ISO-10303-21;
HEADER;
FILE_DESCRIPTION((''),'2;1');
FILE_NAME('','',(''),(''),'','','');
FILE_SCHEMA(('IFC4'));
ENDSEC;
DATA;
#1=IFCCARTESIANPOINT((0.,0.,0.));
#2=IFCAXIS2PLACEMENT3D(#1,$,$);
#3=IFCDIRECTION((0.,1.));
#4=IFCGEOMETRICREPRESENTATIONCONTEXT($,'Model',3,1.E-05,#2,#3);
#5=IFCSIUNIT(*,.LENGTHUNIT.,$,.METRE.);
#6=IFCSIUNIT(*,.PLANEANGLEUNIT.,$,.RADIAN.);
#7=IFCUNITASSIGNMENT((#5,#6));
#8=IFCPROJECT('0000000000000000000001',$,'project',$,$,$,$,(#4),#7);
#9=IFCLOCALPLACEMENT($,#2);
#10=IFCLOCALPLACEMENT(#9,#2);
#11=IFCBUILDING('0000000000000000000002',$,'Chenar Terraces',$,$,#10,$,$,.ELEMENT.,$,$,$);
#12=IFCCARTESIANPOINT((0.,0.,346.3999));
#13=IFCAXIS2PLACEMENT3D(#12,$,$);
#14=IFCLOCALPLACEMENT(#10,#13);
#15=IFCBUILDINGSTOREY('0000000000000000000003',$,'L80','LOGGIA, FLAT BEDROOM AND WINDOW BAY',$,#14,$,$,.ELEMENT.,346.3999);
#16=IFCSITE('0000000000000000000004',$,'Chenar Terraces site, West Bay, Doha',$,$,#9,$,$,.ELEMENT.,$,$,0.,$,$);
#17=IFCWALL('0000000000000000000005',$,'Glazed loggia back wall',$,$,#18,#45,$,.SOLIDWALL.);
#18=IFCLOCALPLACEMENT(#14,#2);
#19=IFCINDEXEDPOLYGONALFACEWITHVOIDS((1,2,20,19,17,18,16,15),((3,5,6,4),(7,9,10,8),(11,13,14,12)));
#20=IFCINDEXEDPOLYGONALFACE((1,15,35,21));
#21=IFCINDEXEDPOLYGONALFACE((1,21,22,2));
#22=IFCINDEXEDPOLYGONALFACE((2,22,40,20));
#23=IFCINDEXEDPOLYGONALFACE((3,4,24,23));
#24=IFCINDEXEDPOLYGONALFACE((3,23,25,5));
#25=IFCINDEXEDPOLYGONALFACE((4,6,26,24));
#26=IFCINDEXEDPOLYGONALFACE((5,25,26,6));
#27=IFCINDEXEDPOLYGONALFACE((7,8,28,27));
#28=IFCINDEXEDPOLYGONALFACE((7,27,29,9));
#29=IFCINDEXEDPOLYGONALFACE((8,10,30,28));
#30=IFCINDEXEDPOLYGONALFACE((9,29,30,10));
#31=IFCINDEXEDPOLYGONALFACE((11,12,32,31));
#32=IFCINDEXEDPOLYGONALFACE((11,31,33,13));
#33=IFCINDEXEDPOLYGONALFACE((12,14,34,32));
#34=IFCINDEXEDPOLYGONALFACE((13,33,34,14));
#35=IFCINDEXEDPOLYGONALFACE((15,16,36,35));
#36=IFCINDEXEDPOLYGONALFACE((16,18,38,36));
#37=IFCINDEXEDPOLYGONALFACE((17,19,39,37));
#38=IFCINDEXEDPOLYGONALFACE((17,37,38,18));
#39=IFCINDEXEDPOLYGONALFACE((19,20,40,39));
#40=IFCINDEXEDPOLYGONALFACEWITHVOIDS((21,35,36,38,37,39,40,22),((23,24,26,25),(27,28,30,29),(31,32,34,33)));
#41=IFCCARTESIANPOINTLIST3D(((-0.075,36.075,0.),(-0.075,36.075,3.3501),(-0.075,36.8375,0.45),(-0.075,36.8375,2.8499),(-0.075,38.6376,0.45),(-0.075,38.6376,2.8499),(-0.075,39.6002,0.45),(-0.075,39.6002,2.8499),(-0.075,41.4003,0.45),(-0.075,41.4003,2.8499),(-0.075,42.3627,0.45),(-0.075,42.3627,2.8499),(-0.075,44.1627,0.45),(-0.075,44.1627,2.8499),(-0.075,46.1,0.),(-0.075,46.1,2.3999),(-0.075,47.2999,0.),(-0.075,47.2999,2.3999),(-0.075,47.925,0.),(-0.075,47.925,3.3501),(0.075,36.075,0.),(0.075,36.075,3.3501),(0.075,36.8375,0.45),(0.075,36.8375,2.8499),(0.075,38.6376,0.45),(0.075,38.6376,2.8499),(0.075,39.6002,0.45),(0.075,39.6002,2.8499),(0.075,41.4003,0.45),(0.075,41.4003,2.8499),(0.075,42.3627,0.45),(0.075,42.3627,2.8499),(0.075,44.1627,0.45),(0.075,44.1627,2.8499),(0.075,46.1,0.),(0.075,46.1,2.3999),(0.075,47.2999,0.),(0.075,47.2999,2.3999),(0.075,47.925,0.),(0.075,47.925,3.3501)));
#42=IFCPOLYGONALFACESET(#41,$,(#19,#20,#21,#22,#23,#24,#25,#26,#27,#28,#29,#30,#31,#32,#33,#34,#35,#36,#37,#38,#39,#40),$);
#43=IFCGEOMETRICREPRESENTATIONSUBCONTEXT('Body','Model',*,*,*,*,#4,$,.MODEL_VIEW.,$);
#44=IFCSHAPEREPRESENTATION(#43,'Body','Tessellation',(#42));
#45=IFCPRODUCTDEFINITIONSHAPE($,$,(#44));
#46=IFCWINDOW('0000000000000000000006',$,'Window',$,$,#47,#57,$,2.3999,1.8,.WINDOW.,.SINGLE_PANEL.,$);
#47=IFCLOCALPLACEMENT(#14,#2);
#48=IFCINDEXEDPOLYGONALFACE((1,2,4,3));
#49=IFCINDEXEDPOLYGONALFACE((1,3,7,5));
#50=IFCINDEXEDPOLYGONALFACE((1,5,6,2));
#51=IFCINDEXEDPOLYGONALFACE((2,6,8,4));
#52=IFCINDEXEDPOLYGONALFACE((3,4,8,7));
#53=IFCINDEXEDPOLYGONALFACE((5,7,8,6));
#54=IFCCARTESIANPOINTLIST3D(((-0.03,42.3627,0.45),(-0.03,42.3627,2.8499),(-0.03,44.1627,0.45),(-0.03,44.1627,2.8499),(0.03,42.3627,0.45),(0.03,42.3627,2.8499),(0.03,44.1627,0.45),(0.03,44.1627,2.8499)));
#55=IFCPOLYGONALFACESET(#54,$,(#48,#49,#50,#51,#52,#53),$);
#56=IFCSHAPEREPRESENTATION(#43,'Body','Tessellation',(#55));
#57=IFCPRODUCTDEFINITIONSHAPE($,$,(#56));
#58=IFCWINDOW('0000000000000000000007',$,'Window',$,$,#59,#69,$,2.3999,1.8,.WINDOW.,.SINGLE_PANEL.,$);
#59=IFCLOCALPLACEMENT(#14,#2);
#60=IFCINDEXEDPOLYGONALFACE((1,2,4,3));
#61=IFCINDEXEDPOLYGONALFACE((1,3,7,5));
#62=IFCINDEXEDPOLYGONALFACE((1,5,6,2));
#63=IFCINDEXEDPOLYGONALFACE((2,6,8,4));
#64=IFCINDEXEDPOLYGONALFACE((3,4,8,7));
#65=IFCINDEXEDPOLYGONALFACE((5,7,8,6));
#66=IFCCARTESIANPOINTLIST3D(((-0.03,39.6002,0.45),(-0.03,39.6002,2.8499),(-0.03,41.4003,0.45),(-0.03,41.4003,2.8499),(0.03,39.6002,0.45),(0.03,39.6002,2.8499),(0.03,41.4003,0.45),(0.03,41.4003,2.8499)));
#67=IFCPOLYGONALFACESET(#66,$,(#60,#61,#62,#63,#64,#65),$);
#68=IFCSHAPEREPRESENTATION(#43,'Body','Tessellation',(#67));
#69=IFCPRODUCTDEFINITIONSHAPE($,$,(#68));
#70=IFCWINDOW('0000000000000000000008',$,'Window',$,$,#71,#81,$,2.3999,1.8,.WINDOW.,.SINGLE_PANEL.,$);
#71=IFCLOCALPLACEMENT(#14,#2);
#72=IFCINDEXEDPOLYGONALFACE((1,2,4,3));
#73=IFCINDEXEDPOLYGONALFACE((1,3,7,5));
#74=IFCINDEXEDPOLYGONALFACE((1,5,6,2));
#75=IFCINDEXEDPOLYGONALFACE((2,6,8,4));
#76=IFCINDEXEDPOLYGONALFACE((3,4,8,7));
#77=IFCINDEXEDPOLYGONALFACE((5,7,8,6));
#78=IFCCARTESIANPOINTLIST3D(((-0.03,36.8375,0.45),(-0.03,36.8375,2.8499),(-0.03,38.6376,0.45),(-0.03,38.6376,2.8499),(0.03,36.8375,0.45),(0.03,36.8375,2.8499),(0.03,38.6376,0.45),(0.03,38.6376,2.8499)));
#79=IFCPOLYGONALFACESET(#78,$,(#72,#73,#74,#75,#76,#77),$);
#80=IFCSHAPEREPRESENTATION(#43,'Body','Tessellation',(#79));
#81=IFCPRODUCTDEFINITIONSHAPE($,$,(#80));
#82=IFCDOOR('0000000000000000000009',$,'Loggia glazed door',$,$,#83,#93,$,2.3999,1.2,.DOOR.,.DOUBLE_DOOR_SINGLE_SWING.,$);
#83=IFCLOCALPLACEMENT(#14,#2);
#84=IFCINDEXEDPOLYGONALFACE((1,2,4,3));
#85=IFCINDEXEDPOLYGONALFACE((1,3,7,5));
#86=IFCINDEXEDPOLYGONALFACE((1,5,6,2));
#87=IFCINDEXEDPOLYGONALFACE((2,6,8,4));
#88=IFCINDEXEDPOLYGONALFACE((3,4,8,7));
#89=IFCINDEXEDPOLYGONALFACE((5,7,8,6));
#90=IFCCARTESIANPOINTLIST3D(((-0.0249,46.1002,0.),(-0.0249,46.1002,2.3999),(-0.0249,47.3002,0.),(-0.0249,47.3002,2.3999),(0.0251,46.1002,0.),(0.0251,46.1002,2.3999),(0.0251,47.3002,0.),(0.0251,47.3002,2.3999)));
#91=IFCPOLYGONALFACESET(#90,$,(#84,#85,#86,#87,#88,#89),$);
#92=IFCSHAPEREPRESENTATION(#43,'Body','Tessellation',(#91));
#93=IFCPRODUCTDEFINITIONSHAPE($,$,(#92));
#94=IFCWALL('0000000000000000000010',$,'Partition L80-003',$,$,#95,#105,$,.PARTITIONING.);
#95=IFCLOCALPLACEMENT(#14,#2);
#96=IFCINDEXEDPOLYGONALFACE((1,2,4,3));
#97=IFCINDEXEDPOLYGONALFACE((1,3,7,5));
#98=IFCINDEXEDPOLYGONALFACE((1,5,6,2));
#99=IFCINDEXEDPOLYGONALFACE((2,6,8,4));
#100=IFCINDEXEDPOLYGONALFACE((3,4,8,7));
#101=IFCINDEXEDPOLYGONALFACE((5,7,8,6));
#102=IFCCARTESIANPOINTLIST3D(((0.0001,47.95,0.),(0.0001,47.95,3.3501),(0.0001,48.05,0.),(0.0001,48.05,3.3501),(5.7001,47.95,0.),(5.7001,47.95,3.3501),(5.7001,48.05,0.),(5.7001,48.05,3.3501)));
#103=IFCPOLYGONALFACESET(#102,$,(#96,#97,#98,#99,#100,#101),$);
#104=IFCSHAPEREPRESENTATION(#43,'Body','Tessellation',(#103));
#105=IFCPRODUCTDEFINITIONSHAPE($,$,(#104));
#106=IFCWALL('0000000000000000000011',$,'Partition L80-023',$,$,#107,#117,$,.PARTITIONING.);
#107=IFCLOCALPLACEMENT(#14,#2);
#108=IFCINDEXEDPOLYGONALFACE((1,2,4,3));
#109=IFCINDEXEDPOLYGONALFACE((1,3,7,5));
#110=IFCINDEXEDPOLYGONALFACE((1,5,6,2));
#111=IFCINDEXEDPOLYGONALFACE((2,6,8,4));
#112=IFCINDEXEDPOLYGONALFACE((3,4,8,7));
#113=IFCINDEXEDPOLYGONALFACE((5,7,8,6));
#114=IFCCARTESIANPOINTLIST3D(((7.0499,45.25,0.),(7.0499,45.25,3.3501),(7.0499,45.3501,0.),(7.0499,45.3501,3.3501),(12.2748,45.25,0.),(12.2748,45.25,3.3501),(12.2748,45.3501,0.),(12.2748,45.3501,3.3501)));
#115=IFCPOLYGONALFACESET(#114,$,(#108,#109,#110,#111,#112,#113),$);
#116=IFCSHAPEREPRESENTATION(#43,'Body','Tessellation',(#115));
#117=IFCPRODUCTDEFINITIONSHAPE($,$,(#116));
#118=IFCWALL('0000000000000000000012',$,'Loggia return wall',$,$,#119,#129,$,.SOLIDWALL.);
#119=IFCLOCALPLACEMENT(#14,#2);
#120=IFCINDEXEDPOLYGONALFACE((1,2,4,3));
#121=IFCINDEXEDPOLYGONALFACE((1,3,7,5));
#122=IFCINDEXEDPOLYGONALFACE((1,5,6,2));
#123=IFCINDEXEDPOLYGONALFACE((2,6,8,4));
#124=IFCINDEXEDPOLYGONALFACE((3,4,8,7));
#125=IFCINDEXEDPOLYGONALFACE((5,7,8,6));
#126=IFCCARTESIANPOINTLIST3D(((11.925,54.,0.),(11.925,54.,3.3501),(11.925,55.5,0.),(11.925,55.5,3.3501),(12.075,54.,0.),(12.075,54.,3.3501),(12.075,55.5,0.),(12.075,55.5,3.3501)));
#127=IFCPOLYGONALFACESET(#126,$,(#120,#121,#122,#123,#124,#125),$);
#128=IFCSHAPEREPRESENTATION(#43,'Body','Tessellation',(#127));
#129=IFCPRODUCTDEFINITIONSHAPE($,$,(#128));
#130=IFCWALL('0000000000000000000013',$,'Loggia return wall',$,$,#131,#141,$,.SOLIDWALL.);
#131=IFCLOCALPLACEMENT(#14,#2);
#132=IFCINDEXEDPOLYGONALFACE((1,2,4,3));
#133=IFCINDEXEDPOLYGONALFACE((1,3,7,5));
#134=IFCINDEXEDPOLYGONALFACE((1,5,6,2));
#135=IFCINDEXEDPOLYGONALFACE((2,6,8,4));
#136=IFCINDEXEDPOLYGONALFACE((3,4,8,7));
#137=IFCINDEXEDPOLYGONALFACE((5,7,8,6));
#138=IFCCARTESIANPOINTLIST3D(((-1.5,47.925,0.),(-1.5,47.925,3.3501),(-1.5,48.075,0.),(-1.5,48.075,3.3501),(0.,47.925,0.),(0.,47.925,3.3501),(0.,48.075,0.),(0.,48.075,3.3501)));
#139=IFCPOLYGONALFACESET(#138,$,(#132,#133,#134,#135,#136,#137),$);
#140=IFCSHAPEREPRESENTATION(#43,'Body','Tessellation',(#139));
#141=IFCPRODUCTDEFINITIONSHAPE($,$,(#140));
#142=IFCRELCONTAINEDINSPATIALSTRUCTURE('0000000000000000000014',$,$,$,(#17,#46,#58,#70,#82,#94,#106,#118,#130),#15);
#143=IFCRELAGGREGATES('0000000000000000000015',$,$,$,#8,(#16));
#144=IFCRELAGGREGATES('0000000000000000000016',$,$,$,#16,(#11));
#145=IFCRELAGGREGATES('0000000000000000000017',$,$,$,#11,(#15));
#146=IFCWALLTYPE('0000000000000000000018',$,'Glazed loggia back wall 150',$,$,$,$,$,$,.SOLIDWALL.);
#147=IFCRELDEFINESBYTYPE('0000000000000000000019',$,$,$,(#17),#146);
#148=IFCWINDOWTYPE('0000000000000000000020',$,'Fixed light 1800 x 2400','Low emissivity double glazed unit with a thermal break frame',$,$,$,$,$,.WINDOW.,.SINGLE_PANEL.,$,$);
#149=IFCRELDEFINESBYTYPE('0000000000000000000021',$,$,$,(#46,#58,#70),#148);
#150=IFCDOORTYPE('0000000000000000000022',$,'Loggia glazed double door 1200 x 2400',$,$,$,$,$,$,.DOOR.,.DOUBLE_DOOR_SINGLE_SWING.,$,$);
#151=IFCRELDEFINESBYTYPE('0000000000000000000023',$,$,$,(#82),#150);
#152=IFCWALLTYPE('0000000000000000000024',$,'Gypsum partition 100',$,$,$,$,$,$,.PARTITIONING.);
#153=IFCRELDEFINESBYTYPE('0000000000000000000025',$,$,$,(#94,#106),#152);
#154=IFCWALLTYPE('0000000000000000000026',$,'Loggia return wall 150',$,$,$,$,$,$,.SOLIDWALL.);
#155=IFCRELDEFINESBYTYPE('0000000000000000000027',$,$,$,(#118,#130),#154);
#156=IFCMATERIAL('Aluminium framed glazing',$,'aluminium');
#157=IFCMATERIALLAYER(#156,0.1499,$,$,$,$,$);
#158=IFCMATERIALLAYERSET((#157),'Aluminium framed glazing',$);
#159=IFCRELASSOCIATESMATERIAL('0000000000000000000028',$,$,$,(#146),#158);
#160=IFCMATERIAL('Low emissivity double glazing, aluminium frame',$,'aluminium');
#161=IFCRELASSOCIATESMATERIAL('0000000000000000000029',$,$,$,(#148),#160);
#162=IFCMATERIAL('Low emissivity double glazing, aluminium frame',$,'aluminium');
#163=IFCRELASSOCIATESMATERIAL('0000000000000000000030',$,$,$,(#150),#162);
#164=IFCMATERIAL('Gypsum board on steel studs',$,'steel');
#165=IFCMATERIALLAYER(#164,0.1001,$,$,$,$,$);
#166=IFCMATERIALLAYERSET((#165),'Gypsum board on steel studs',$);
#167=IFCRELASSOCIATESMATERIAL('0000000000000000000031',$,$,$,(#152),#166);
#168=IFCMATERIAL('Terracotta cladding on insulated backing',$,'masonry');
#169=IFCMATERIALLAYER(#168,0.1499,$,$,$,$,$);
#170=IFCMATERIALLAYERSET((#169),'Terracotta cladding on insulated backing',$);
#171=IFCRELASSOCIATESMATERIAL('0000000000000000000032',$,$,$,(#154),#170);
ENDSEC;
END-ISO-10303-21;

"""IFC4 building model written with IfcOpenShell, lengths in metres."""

from ifc_helpers import new_model, si_unit, direction, frame, frame_2d, origin, place, context, subcontext, project, spatial, rectangle, extrude, material, layer, layer_set, type_object, element, fill, save


model = new_model("IFC4")

# Units and contexts
model_context = context("Model", 3, precision=1e-05, world=origin(), true_north=direction((0.0, 1.0)))
body_context = subcontext(model_context, "Body", "Model", "MODEL_VIEW")
ifc_project = project(units=[si_unit("LENGTHUNIT", "METRE"), si_unit("PLANEANGLEUNIT", "RADIAN")], contexts=[model_context])

# Site, building, storey
site_placement = place(None, origin())
site = spatial("IfcSite", under=ifc_project, at=site_placement, Name="Chenar Terraces site, West Bay, Doha", CompositionType="ELEMENT", RefElevation=0.0)
building_placement = place(site_placement, origin())
building = spatial("IfcBuilding", under=site, at=building_placement, Name="Chenar Terraces", CompositionType="ELEMENT")
storey_placement = place(building_placement, frame((0.0, 0.0, 346.3999)))
storey = spatial("IfcBuildingStorey", under=building, at=storey_placement, Name="L80", Description="LOGGIA, FLAT BEDROOM AND WINDOW BAY", CompositionType="ELEMENT", Elevation=346.3999)

# Wall, openings, windows, door
ifc_material_1 = material(Name="Aluminium framed glazing", Category="aluminium")
ifc_layer_1 = layer(ifc_material_1, 0.1499)
ifc_layer_set_1 = layer_set([ifc_layer_1], Name="Aluminium framed glazing")
wall_type_1 = type_object("IfcWallType", Name="Glazed loggia back wall 150", PredefinedType="SOLIDWALL", material=ifc_layer_set_1)
wall_1_placement = place(storey_placement, frame((0.0, 47.925, 0.0), z_axis=(0.0, 0.0, 1.0), x_axis=(0.0, -1.0, 0.0)))
wall_1 = element("IfcWall", 1, at=wall_1_placement, inside=storey, type_object=wall_type_1, Name="Glazed loggia back wall", PredefinedType="SOLIDWALL", context=body_context, shape_type="SweptSolid", body=[
    extrude(rectangle(XDim=11.8501, YDim=0.1499, at=frame_2d((5.925, 0.0))), origin(), (0.0, 0.0, 1.0), 3.3501),
])
opening_1_placement = place(wall_1_placement, frame((0.625, 0.0, 0.0)))
opening_1 = element("IfcOpeningElement", 2, at=opening_1_placement, cuts=wall_1, PredefinedType="OPENING", context=body_context, shape_type="SweptSolid", body=[
    extrude(rectangle(XDim=1.2, YDim=2.3999, at=frame_2d((0.6001, 1.2))), frame((0.0, 0.085, 0.0), z_axis=(0.0, -1.0, 0.0), x_axis=(1.0, 0.0, 0.0)), (0.0, 0.0, 1.0), 0.1699),
])
opening_2_placement = place(wall_1_placement, frame((3.7625, 0.0, 0.45)))
opening_2 = element("IfcOpeningElement", 3, at=opening_2_placement, cuts=wall_1, PredefinedType="OPENING", context=body_context, shape_type="SweptSolid", body=[
    extrude(rectangle(XDim=1.8, YDim=2.3999, at=frame_2d((0.8999, 1.2))), frame((0.0, 0.085, 0.0), z_axis=(0.0, -1.0, 0.0), x_axis=(1.0, 0.0, 0.0)), (0.0, 0.0, 1.0), 0.1699),
])
opening_3_placement = place(wall_1_placement, frame((6.5249, 0.0, 0.45)))
opening_3 = element("IfcOpeningElement", 4, at=opening_3_placement, cuts=wall_1, PredefinedType="OPENING", context=body_context, shape_type="SweptSolid", body=[
    extrude(rectangle(XDim=1.8, YDim=2.3999, at=frame_2d((0.8999, 1.2))), frame((0.0, 0.085, 0.0), z_axis=(0.0, -1.0, 0.0), x_axis=(1.0, 0.0, 0.0)), (0.0, 0.0, 1.0), 0.1699),
])
opening_4_placement = place(wall_1_placement, frame((9.2876, 0.0, 0.45)))
opening_4 = element("IfcOpeningElement", 5, at=opening_4_placement, cuts=wall_1, PredefinedType="OPENING", context=body_context, shape_type="SweptSolid", body=[
    extrude(rectangle(XDim=1.8, YDim=2.3999, at=frame_2d((0.8999, 1.2))), frame((0.0, 0.085, 0.0), z_axis=(0.0, -1.0, 0.0), x_axis=(1.0, 0.0, 0.0)), (0.0, 0.0, 1.0), 0.1699),
])
ifc_material_2 = material(Name="Low emissivity double glazing, aluminium frame", Category="aluminium")
window_type_1 = type_object("IfcWindowType", Name="Fixed light 1800 x 2400", Description="Low emissivity double glazed unit with a thermal break frame", PartitioningType="SINGLE_PANEL", PredefinedType="WINDOW", material=ifc_material_2)
window_1_placement = place(opening_2_placement, origin())
window_1 = element("IfcWindow", 6, at=window_1_placement, inside=storey, type_object=window_type_1, Name="Window", OverallHeight=2.3999, OverallWidth=1.8, PartitioningType="SINGLE_PANEL", PredefinedType="WINDOW", context=body_context, shape_type="SweptSolid", body=[
    extrude(rectangle(XDim=1.8, YDim=2.3999, at=frame_2d((0.8999, 1.2))), frame((0.0, 0.03, 0.0), z_axis=(0.0, -1.0, 0.0), x_axis=(1.0, 0.0, 0.0)), (0.0, 0.0, 1.0), 0.0601),
])
fill(opening_2, window_1)
window_2_placement = place(opening_3_placement, origin())
window_2 = element("IfcWindow", 7, at=window_2_placement, inside=storey, type_object=window_type_1, Name="Window", OverallHeight=2.3999, OverallWidth=1.8, PartitioningType="SINGLE_PANEL", PredefinedType="WINDOW", context=body_context, shape_type="SweptSolid", body=[
    extrude(rectangle(XDim=1.8, YDim=2.3999, at=frame_2d((0.8999, 1.2))), frame((0.0, 0.03, 0.0), z_axis=(0.0, -1.0, 0.0), x_axis=(1.0, 0.0, 0.0)), (0.0, 0.0, 1.0), 0.0601),
])
fill(opening_3, window_2)
window_3_placement = place(opening_4_placement, origin())
window_3 = element("IfcWindow", 8, at=window_3_placement, inside=storey, type_object=window_type_1, Name="Window", OverallHeight=2.3999, OverallWidth=1.8, PartitioningType="SINGLE_PANEL", PredefinedType="WINDOW", context=body_context, shape_type="SweptSolid", body=[
    extrude(rectangle(XDim=1.8, YDim=2.3999, at=frame_2d((0.8999, 1.2))), frame((0.0, 0.03, 0.0), z_axis=(0.0, -1.0, 0.0), x_axis=(1.0, 0.0, 0.0)), (0.0, 0.0, 1.0), 0.0601),
])
fill(opening_4, window_3)
ifc_material_3 = material(Name="Low emissivity double glazing, aluminium frame", Category="aluminium")
door_type = type_object("IfcDoorType", Name="Loggia glazed double door 1200 x 2400", OperationType="DOUBLE_DOOR_SINGLE_SWING", PredefinedType="DOOR", material=ifc_material_3)
door_placement = place(opening_1_placement, frame((1.2, 0.0, 0.0), z_axis=(0.0, 0.0, 1.0), x_axis=(-1.0, 0.0, 0.0)))
door = element("IfcDoor", 9, at=door_placement, inside=storey, type_object=door_type, Name="Loggia glazed door", OperationType="DOUBLE_DOOR_SINGLE_SWING", OverallHeight=2.3999, OverallWidth=1.2, PredefinedType="DOOR", context=body_context, shape_type="SweptSolid", body=[
    extrude(rectangle(XDim=1.2, YDim=2.3999, at=frame_2d((0.6001, 1.2))), frame((0.0, 0.0249, 0.0), z_axis=(0.0, -1.0, 0.0), x_axis=(1.0, 0.0, 0.0)), (0.0, 0.0, 1.0), 0.05),
])
fill(opening_1, door)

# Walls
ifc_material_4 = material(Name="Gypsum board on steel studs", Category="steel")
ifc_layer_2 = layer(ifc_material_4, 0.1001)
ifc_layer_set_2 = layer_set([ifc_layer_2], Name="Gypsum board on steel studs")
wall_type_2 = type_object("IfcWallType", Name="Gypsum partition 100", PredefinedType="PARTITIONING", material=ifc_layer_set_2)
wall_2_placement = place(storey_placement, frame((0.0, 48.0, 0.0), z_axis=(0.0, 0.0, 1.0), x_axis=(1.0, 0.0, 0.0)))
element("IfcWall", 10, at=wall_2_placement, inside=storey, type_object=wall_type_2, Name="Partition L80-003", PredefinedType="PARTITIONING", context=body_context, shape_type="SweptSolid", body=[
    extrude(rectangle(XDim=5.7, YDim=0.1001, at=frame_2d((2.8501, 0.0))), origin(), (0.0, 0.0, 1.0), 3.3501),
])
wall_3_placement = place(storey_placement, frame((7.05, 45.3, 0.0), z_axis=(0.0, 0.0, 1.0), x_axis=(1.0, 0.0, 0.0)))
element("IfcWall", 11, at=wall_3_placement, inside=storey, type_object=wall_type_2, Name="Partition L80-023", PredefinedType="PARTITIONING", context=body_context, shape_type="SweptSolid", body=[
    extrude(rectangle(XDim=5.2249, YDim=0.1001, at=frame_2d((2.6123, 0.0))), origin(), (0.0, 0.0, 1.0), 3.3501),
])
ifc_material_5 = material(Name="Terracotta cladding on insulated backing", Category="masonry")
ifc_layer_3 = layer(ifc_material_5, 0.1499)
ifc_layer_set_3 = layer_set([ifc_layer_3], Name="Terracotta cladding on insulated backing")
wall_type_3 = type_object("IfcWallType", Name="Loggia return wall 150", PredefinedType="SOLIDWALL", material=ifc_layer_set_3)
for number, where, z_axis, x_axis, name in (
    (12, (12.0, 55.5, 0.0), (0.0, 0.0, 1.0), (0.0, -1.0, 0.0), "Loggia return wall"),
    (13, (-1.5, 48.0, 0.0), (0.0, 0.0, 1.0), (1.0, 0.0, 0.0), "Loggia return wall"),
):
    element("IfcWall", number, at=place(storey_placement, frame(where, z_axis=z_axis, x_axis=x_axis)), inside=storey, type_object=wall_type_3, Name=name, PredefinedType="SOLIDWALL", context=body_context, shape_type="SweptSolid", body=[
        extrude(rectangle(XDim=1.5, YDim=0.1499, at=frame_2d((0.75, 0.0))), origin(), (0.0, 0.0, 1.0), 3.3501),
    ])

save(model, "model.ifc")
